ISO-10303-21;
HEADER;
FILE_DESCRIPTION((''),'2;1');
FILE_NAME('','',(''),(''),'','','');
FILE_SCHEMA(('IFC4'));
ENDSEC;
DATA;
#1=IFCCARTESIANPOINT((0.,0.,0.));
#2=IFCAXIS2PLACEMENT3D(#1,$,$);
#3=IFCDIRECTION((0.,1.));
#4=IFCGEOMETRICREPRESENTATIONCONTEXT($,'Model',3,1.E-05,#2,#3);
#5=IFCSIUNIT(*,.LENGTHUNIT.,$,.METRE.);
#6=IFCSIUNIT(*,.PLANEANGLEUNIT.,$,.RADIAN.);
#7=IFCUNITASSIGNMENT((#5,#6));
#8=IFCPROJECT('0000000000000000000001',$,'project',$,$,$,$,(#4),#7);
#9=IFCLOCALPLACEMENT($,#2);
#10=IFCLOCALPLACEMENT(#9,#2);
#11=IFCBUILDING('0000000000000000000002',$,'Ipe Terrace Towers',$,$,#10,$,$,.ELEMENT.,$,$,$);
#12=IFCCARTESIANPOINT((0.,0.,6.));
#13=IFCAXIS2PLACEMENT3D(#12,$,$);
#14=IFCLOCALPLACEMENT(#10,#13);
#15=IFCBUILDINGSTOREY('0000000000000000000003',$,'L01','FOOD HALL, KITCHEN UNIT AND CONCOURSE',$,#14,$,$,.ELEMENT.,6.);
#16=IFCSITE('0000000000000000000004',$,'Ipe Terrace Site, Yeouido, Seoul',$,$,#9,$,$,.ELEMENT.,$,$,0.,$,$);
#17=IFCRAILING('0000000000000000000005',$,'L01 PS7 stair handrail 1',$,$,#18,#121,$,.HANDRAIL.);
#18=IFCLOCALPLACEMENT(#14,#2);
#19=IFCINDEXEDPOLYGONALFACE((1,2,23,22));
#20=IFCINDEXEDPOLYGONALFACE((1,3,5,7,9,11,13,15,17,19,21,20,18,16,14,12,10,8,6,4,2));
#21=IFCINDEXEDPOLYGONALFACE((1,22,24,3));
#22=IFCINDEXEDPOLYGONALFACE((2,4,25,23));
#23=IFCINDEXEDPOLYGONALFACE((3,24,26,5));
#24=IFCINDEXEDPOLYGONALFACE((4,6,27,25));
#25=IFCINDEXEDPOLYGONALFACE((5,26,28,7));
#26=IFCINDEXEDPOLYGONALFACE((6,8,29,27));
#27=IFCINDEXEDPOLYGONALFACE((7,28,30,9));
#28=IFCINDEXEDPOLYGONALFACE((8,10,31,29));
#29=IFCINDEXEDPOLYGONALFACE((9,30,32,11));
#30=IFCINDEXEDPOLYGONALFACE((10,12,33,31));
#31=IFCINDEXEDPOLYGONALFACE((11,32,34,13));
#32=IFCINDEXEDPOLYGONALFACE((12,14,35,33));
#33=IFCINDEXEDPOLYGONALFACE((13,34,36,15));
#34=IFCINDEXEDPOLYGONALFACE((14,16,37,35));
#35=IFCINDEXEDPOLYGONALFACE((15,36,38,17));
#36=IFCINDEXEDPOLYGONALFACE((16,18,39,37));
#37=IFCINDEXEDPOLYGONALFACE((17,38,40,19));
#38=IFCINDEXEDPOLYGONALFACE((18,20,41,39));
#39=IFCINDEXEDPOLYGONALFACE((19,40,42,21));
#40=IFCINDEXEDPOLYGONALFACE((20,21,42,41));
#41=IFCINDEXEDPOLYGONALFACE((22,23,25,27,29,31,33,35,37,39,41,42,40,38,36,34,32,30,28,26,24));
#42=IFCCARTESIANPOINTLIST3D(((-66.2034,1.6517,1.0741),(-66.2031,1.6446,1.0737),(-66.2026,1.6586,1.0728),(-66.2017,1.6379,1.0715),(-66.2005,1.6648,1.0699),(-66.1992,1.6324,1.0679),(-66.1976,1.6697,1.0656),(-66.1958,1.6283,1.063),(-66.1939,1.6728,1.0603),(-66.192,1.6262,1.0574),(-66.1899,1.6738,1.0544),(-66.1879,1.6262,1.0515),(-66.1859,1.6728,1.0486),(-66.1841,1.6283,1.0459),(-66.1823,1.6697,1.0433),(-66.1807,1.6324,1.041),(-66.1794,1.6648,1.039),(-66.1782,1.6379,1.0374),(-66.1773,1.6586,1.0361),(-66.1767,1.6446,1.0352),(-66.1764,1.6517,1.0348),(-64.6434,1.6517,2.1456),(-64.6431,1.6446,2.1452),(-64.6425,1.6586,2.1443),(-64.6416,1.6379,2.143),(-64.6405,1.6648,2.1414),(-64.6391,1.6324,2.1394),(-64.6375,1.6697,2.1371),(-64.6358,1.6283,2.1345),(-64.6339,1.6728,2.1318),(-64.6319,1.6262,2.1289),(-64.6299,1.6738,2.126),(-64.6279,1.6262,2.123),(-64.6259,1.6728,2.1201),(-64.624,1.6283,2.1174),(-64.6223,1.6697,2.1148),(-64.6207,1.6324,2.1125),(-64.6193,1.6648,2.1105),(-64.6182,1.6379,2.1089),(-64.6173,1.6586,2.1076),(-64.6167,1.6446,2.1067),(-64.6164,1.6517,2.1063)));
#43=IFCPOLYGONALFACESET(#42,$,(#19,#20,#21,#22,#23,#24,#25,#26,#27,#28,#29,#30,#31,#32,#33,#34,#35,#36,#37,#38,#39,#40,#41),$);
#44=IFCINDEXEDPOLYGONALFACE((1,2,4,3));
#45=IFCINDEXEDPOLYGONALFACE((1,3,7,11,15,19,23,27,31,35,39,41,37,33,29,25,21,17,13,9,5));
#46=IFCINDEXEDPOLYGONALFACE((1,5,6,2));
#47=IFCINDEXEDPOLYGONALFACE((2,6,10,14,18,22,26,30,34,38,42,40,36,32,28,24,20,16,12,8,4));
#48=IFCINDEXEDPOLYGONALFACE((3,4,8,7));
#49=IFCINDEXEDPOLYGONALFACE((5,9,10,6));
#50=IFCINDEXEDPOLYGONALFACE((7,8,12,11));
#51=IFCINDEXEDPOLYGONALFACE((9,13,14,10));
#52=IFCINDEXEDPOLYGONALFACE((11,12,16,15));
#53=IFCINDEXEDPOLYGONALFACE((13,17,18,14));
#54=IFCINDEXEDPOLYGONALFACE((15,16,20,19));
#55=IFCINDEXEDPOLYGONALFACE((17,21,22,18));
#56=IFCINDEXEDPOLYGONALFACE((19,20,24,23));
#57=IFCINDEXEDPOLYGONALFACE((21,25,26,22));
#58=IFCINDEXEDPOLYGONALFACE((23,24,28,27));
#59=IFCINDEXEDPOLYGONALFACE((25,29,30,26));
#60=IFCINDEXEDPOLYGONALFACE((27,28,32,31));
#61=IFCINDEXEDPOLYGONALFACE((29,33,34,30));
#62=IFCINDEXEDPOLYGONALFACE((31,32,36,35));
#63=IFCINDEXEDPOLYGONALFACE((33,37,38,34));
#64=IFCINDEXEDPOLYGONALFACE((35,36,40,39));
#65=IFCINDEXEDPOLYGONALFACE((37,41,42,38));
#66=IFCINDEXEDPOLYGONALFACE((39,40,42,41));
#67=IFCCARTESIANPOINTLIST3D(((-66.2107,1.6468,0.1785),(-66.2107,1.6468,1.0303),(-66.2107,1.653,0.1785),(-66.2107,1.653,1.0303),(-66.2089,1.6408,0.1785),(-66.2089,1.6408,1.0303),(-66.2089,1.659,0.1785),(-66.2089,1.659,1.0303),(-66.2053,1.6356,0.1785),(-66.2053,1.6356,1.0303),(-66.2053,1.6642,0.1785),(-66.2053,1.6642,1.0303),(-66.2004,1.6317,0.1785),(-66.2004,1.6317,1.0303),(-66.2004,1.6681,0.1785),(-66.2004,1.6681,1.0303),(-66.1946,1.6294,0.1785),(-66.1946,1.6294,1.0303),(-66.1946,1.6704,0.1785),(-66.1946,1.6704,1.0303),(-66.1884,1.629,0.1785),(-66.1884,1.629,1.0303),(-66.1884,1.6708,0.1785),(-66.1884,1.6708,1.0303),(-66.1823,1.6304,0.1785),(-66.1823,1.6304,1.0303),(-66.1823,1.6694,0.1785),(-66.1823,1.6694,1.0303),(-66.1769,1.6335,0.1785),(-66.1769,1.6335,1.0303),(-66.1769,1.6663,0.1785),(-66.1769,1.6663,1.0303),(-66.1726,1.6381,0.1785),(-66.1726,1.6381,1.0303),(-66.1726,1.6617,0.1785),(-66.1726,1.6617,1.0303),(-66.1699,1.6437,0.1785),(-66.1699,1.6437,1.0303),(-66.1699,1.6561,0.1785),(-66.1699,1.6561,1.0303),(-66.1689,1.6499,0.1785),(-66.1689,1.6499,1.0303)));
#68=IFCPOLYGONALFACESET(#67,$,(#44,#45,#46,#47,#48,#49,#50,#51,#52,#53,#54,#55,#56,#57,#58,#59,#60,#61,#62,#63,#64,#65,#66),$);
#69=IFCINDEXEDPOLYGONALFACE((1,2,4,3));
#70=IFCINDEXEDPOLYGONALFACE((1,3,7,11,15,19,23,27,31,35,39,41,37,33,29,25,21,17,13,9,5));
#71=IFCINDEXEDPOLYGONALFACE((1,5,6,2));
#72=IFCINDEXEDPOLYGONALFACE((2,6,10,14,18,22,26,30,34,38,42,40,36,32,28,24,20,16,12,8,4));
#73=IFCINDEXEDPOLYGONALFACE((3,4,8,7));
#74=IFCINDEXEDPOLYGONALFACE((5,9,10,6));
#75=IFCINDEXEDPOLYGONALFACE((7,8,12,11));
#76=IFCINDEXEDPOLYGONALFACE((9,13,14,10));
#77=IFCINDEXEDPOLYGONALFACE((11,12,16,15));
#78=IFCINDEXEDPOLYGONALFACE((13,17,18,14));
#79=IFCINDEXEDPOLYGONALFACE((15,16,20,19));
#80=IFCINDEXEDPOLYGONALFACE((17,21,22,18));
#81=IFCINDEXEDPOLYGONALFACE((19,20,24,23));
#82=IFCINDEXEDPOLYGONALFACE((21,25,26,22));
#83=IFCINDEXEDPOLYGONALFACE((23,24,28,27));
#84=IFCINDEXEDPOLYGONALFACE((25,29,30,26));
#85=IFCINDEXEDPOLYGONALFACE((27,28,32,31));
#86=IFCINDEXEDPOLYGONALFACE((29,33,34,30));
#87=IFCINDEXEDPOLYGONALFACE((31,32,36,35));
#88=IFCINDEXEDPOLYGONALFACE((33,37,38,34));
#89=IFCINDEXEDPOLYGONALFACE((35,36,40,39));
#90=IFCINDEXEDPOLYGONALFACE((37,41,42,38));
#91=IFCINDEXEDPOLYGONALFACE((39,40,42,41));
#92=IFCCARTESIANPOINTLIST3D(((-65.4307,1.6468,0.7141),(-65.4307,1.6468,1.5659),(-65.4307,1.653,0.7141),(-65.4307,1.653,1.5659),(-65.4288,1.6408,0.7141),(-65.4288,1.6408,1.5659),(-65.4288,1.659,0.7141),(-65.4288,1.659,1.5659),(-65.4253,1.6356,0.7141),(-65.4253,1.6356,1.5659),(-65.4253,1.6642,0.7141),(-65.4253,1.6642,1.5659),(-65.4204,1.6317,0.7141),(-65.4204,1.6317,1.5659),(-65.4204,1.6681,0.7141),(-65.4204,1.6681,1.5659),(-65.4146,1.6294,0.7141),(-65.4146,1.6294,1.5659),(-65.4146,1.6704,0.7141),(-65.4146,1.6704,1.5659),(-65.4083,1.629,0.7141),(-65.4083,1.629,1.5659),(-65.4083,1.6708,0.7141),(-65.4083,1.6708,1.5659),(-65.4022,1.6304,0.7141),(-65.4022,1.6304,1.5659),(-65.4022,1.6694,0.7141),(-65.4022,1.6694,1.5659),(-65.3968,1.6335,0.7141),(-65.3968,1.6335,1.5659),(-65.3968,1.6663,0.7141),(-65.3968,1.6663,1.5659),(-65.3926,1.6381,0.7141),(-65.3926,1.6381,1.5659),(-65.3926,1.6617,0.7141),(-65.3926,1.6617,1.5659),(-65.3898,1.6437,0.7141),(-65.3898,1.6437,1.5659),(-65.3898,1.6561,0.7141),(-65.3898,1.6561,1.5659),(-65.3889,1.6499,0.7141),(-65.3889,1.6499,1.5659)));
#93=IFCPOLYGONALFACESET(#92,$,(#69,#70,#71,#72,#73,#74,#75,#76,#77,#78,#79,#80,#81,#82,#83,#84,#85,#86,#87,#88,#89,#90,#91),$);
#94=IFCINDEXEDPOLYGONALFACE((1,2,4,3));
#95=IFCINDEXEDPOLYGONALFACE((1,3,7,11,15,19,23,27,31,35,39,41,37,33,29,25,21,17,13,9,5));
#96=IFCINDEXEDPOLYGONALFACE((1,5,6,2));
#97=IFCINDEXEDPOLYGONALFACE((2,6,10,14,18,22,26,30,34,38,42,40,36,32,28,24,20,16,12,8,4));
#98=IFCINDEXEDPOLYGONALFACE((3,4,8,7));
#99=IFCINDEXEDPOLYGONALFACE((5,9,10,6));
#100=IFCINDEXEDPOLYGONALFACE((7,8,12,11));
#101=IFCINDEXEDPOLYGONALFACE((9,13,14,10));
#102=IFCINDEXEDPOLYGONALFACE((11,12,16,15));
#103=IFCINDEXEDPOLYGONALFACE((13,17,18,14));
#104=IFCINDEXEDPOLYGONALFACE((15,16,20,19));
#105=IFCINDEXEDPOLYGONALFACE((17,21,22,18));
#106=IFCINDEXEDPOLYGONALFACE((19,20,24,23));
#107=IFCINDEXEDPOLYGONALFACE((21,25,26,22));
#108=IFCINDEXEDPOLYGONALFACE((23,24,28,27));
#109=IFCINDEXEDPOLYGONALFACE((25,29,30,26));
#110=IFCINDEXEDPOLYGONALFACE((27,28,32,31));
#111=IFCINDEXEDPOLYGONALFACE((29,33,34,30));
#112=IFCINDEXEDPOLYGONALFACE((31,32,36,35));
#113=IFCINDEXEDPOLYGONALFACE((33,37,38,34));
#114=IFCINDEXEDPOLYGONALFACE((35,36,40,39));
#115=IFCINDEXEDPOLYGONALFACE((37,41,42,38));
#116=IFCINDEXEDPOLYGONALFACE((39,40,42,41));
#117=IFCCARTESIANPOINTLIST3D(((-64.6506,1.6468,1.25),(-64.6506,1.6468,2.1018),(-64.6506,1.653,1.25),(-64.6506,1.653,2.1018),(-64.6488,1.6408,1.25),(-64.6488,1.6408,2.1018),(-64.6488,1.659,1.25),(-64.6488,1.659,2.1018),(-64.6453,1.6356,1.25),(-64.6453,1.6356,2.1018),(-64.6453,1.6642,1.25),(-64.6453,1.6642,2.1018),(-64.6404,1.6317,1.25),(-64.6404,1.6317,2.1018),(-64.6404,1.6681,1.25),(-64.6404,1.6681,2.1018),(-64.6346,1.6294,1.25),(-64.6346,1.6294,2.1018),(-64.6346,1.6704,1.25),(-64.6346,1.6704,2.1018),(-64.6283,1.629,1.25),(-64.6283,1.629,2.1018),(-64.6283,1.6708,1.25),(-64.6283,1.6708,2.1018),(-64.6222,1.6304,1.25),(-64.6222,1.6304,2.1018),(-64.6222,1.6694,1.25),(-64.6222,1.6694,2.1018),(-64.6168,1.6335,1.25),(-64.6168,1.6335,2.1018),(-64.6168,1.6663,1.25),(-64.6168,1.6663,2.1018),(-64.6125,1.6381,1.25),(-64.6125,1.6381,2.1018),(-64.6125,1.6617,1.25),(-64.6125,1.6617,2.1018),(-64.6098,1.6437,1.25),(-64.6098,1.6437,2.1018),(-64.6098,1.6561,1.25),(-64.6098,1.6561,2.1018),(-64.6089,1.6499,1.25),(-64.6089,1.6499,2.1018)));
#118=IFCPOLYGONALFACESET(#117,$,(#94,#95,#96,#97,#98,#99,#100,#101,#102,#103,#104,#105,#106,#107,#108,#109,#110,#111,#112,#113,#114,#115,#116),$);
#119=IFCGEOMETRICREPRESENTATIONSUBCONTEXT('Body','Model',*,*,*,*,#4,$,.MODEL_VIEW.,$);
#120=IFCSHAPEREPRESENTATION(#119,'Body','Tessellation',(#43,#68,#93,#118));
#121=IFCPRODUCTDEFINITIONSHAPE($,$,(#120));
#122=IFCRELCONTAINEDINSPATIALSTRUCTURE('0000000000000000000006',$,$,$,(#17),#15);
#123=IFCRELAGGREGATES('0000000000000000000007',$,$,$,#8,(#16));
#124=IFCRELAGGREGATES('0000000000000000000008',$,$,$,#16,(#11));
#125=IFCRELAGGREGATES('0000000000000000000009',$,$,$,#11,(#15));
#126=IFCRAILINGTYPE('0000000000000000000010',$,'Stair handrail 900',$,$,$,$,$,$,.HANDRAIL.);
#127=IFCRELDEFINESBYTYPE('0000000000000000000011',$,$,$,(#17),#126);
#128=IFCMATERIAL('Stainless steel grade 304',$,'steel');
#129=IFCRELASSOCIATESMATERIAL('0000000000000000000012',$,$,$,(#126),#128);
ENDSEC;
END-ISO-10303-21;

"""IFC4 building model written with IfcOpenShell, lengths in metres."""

from ifc_helpers import new_model, si_unit, direction, frame, origin, origin_2d, place, context, subcontext, project, spatial, circle, extrude, material, type_object, element, save


model = new_model("IFC4")

# Units and contexts
model_context = context("Model", 3, precision=1e-05, world=origin(), true_north=direction((0.0, 1.0)))
body_context = subcontext(model_context, "Body", "Model", "MODEL_VIEW")
ifc_project = project(units=[si_unit("LENGTHUNIT", "METRE"), si_unit("PLANEANGLEUNIT", "RADIAN")], contexts=[model_context])

# Site, building, storey
site_placement = place(None, origin())
site = spatial("IfcSite", under=ifc_project, at=site_placement, Name="Ipe Terrace Site, Yeouido, Seoul", CompositionType="ELEMENT", RefElevation=0.0)
building_placement = place(site_placement, origin())
building = spatial("IfcBuilding", under=site, at=building_placement, Name="Ipe Terrace Towers", CompositionType="ELEMENT")
storey_placement = place(building_placement, frame((0.0, 0.0, 6.0)))
storey = spatial("IfcBuildingStorey", under=building, at=storey_placement, Name="L01", Description="FOOD HALL, KITCHEN UNIT AND CONCOURSE", CompositionType="ELEMENT", Elevation=6.0)

# Railing
ifc_material_1 = material(Name="Stainless steel grade 304", Category="steel")
railing_type_1 = type_object("IfcRailingType", Name="Stair handrail 900", PredefinedType="HANDRAIL", material=ifc_material_1)
railing_1_placement = place(storey_placement, frame((-66.1899, 1.6499, 0.1785)))
element("IfcRailing", 1, at=railing_1_placement, inside=storey, type_object=railing_type_1, Name="L01 PS7 stair handrail 1", PredefinedType="HANDRAIL", context=body_context, shape_type="SweptSolid", body=[
    extrude(circle(Radius=0.0239, at=origin_2d()), frame((0.0, 0.0, 0.876), z_axis=(0.82429, 0.0, 0.566167), x_axis=(0.0, 1.0, 0.0)), (0.0, 0.0, 1.0), 1.8926),
    extrude(circle(Radius=0.021, at=origin_2d()), origin(), (0.0, 0.0, 1.0), 0.8518),
    extrude(circle(Radius=0.021, at=origin_2d()), frame((0.78, 0.0, 0.5356)), (0.0, 0.0, 1.0), 0.8518),
    extrude(circle(Radius=0.021, at=origin_2d()), frame((1.5601, 0.0, 1.0715)), (0.0, 0.0, 1.0), 0.8518),
])

save(model, "model.ifc")
